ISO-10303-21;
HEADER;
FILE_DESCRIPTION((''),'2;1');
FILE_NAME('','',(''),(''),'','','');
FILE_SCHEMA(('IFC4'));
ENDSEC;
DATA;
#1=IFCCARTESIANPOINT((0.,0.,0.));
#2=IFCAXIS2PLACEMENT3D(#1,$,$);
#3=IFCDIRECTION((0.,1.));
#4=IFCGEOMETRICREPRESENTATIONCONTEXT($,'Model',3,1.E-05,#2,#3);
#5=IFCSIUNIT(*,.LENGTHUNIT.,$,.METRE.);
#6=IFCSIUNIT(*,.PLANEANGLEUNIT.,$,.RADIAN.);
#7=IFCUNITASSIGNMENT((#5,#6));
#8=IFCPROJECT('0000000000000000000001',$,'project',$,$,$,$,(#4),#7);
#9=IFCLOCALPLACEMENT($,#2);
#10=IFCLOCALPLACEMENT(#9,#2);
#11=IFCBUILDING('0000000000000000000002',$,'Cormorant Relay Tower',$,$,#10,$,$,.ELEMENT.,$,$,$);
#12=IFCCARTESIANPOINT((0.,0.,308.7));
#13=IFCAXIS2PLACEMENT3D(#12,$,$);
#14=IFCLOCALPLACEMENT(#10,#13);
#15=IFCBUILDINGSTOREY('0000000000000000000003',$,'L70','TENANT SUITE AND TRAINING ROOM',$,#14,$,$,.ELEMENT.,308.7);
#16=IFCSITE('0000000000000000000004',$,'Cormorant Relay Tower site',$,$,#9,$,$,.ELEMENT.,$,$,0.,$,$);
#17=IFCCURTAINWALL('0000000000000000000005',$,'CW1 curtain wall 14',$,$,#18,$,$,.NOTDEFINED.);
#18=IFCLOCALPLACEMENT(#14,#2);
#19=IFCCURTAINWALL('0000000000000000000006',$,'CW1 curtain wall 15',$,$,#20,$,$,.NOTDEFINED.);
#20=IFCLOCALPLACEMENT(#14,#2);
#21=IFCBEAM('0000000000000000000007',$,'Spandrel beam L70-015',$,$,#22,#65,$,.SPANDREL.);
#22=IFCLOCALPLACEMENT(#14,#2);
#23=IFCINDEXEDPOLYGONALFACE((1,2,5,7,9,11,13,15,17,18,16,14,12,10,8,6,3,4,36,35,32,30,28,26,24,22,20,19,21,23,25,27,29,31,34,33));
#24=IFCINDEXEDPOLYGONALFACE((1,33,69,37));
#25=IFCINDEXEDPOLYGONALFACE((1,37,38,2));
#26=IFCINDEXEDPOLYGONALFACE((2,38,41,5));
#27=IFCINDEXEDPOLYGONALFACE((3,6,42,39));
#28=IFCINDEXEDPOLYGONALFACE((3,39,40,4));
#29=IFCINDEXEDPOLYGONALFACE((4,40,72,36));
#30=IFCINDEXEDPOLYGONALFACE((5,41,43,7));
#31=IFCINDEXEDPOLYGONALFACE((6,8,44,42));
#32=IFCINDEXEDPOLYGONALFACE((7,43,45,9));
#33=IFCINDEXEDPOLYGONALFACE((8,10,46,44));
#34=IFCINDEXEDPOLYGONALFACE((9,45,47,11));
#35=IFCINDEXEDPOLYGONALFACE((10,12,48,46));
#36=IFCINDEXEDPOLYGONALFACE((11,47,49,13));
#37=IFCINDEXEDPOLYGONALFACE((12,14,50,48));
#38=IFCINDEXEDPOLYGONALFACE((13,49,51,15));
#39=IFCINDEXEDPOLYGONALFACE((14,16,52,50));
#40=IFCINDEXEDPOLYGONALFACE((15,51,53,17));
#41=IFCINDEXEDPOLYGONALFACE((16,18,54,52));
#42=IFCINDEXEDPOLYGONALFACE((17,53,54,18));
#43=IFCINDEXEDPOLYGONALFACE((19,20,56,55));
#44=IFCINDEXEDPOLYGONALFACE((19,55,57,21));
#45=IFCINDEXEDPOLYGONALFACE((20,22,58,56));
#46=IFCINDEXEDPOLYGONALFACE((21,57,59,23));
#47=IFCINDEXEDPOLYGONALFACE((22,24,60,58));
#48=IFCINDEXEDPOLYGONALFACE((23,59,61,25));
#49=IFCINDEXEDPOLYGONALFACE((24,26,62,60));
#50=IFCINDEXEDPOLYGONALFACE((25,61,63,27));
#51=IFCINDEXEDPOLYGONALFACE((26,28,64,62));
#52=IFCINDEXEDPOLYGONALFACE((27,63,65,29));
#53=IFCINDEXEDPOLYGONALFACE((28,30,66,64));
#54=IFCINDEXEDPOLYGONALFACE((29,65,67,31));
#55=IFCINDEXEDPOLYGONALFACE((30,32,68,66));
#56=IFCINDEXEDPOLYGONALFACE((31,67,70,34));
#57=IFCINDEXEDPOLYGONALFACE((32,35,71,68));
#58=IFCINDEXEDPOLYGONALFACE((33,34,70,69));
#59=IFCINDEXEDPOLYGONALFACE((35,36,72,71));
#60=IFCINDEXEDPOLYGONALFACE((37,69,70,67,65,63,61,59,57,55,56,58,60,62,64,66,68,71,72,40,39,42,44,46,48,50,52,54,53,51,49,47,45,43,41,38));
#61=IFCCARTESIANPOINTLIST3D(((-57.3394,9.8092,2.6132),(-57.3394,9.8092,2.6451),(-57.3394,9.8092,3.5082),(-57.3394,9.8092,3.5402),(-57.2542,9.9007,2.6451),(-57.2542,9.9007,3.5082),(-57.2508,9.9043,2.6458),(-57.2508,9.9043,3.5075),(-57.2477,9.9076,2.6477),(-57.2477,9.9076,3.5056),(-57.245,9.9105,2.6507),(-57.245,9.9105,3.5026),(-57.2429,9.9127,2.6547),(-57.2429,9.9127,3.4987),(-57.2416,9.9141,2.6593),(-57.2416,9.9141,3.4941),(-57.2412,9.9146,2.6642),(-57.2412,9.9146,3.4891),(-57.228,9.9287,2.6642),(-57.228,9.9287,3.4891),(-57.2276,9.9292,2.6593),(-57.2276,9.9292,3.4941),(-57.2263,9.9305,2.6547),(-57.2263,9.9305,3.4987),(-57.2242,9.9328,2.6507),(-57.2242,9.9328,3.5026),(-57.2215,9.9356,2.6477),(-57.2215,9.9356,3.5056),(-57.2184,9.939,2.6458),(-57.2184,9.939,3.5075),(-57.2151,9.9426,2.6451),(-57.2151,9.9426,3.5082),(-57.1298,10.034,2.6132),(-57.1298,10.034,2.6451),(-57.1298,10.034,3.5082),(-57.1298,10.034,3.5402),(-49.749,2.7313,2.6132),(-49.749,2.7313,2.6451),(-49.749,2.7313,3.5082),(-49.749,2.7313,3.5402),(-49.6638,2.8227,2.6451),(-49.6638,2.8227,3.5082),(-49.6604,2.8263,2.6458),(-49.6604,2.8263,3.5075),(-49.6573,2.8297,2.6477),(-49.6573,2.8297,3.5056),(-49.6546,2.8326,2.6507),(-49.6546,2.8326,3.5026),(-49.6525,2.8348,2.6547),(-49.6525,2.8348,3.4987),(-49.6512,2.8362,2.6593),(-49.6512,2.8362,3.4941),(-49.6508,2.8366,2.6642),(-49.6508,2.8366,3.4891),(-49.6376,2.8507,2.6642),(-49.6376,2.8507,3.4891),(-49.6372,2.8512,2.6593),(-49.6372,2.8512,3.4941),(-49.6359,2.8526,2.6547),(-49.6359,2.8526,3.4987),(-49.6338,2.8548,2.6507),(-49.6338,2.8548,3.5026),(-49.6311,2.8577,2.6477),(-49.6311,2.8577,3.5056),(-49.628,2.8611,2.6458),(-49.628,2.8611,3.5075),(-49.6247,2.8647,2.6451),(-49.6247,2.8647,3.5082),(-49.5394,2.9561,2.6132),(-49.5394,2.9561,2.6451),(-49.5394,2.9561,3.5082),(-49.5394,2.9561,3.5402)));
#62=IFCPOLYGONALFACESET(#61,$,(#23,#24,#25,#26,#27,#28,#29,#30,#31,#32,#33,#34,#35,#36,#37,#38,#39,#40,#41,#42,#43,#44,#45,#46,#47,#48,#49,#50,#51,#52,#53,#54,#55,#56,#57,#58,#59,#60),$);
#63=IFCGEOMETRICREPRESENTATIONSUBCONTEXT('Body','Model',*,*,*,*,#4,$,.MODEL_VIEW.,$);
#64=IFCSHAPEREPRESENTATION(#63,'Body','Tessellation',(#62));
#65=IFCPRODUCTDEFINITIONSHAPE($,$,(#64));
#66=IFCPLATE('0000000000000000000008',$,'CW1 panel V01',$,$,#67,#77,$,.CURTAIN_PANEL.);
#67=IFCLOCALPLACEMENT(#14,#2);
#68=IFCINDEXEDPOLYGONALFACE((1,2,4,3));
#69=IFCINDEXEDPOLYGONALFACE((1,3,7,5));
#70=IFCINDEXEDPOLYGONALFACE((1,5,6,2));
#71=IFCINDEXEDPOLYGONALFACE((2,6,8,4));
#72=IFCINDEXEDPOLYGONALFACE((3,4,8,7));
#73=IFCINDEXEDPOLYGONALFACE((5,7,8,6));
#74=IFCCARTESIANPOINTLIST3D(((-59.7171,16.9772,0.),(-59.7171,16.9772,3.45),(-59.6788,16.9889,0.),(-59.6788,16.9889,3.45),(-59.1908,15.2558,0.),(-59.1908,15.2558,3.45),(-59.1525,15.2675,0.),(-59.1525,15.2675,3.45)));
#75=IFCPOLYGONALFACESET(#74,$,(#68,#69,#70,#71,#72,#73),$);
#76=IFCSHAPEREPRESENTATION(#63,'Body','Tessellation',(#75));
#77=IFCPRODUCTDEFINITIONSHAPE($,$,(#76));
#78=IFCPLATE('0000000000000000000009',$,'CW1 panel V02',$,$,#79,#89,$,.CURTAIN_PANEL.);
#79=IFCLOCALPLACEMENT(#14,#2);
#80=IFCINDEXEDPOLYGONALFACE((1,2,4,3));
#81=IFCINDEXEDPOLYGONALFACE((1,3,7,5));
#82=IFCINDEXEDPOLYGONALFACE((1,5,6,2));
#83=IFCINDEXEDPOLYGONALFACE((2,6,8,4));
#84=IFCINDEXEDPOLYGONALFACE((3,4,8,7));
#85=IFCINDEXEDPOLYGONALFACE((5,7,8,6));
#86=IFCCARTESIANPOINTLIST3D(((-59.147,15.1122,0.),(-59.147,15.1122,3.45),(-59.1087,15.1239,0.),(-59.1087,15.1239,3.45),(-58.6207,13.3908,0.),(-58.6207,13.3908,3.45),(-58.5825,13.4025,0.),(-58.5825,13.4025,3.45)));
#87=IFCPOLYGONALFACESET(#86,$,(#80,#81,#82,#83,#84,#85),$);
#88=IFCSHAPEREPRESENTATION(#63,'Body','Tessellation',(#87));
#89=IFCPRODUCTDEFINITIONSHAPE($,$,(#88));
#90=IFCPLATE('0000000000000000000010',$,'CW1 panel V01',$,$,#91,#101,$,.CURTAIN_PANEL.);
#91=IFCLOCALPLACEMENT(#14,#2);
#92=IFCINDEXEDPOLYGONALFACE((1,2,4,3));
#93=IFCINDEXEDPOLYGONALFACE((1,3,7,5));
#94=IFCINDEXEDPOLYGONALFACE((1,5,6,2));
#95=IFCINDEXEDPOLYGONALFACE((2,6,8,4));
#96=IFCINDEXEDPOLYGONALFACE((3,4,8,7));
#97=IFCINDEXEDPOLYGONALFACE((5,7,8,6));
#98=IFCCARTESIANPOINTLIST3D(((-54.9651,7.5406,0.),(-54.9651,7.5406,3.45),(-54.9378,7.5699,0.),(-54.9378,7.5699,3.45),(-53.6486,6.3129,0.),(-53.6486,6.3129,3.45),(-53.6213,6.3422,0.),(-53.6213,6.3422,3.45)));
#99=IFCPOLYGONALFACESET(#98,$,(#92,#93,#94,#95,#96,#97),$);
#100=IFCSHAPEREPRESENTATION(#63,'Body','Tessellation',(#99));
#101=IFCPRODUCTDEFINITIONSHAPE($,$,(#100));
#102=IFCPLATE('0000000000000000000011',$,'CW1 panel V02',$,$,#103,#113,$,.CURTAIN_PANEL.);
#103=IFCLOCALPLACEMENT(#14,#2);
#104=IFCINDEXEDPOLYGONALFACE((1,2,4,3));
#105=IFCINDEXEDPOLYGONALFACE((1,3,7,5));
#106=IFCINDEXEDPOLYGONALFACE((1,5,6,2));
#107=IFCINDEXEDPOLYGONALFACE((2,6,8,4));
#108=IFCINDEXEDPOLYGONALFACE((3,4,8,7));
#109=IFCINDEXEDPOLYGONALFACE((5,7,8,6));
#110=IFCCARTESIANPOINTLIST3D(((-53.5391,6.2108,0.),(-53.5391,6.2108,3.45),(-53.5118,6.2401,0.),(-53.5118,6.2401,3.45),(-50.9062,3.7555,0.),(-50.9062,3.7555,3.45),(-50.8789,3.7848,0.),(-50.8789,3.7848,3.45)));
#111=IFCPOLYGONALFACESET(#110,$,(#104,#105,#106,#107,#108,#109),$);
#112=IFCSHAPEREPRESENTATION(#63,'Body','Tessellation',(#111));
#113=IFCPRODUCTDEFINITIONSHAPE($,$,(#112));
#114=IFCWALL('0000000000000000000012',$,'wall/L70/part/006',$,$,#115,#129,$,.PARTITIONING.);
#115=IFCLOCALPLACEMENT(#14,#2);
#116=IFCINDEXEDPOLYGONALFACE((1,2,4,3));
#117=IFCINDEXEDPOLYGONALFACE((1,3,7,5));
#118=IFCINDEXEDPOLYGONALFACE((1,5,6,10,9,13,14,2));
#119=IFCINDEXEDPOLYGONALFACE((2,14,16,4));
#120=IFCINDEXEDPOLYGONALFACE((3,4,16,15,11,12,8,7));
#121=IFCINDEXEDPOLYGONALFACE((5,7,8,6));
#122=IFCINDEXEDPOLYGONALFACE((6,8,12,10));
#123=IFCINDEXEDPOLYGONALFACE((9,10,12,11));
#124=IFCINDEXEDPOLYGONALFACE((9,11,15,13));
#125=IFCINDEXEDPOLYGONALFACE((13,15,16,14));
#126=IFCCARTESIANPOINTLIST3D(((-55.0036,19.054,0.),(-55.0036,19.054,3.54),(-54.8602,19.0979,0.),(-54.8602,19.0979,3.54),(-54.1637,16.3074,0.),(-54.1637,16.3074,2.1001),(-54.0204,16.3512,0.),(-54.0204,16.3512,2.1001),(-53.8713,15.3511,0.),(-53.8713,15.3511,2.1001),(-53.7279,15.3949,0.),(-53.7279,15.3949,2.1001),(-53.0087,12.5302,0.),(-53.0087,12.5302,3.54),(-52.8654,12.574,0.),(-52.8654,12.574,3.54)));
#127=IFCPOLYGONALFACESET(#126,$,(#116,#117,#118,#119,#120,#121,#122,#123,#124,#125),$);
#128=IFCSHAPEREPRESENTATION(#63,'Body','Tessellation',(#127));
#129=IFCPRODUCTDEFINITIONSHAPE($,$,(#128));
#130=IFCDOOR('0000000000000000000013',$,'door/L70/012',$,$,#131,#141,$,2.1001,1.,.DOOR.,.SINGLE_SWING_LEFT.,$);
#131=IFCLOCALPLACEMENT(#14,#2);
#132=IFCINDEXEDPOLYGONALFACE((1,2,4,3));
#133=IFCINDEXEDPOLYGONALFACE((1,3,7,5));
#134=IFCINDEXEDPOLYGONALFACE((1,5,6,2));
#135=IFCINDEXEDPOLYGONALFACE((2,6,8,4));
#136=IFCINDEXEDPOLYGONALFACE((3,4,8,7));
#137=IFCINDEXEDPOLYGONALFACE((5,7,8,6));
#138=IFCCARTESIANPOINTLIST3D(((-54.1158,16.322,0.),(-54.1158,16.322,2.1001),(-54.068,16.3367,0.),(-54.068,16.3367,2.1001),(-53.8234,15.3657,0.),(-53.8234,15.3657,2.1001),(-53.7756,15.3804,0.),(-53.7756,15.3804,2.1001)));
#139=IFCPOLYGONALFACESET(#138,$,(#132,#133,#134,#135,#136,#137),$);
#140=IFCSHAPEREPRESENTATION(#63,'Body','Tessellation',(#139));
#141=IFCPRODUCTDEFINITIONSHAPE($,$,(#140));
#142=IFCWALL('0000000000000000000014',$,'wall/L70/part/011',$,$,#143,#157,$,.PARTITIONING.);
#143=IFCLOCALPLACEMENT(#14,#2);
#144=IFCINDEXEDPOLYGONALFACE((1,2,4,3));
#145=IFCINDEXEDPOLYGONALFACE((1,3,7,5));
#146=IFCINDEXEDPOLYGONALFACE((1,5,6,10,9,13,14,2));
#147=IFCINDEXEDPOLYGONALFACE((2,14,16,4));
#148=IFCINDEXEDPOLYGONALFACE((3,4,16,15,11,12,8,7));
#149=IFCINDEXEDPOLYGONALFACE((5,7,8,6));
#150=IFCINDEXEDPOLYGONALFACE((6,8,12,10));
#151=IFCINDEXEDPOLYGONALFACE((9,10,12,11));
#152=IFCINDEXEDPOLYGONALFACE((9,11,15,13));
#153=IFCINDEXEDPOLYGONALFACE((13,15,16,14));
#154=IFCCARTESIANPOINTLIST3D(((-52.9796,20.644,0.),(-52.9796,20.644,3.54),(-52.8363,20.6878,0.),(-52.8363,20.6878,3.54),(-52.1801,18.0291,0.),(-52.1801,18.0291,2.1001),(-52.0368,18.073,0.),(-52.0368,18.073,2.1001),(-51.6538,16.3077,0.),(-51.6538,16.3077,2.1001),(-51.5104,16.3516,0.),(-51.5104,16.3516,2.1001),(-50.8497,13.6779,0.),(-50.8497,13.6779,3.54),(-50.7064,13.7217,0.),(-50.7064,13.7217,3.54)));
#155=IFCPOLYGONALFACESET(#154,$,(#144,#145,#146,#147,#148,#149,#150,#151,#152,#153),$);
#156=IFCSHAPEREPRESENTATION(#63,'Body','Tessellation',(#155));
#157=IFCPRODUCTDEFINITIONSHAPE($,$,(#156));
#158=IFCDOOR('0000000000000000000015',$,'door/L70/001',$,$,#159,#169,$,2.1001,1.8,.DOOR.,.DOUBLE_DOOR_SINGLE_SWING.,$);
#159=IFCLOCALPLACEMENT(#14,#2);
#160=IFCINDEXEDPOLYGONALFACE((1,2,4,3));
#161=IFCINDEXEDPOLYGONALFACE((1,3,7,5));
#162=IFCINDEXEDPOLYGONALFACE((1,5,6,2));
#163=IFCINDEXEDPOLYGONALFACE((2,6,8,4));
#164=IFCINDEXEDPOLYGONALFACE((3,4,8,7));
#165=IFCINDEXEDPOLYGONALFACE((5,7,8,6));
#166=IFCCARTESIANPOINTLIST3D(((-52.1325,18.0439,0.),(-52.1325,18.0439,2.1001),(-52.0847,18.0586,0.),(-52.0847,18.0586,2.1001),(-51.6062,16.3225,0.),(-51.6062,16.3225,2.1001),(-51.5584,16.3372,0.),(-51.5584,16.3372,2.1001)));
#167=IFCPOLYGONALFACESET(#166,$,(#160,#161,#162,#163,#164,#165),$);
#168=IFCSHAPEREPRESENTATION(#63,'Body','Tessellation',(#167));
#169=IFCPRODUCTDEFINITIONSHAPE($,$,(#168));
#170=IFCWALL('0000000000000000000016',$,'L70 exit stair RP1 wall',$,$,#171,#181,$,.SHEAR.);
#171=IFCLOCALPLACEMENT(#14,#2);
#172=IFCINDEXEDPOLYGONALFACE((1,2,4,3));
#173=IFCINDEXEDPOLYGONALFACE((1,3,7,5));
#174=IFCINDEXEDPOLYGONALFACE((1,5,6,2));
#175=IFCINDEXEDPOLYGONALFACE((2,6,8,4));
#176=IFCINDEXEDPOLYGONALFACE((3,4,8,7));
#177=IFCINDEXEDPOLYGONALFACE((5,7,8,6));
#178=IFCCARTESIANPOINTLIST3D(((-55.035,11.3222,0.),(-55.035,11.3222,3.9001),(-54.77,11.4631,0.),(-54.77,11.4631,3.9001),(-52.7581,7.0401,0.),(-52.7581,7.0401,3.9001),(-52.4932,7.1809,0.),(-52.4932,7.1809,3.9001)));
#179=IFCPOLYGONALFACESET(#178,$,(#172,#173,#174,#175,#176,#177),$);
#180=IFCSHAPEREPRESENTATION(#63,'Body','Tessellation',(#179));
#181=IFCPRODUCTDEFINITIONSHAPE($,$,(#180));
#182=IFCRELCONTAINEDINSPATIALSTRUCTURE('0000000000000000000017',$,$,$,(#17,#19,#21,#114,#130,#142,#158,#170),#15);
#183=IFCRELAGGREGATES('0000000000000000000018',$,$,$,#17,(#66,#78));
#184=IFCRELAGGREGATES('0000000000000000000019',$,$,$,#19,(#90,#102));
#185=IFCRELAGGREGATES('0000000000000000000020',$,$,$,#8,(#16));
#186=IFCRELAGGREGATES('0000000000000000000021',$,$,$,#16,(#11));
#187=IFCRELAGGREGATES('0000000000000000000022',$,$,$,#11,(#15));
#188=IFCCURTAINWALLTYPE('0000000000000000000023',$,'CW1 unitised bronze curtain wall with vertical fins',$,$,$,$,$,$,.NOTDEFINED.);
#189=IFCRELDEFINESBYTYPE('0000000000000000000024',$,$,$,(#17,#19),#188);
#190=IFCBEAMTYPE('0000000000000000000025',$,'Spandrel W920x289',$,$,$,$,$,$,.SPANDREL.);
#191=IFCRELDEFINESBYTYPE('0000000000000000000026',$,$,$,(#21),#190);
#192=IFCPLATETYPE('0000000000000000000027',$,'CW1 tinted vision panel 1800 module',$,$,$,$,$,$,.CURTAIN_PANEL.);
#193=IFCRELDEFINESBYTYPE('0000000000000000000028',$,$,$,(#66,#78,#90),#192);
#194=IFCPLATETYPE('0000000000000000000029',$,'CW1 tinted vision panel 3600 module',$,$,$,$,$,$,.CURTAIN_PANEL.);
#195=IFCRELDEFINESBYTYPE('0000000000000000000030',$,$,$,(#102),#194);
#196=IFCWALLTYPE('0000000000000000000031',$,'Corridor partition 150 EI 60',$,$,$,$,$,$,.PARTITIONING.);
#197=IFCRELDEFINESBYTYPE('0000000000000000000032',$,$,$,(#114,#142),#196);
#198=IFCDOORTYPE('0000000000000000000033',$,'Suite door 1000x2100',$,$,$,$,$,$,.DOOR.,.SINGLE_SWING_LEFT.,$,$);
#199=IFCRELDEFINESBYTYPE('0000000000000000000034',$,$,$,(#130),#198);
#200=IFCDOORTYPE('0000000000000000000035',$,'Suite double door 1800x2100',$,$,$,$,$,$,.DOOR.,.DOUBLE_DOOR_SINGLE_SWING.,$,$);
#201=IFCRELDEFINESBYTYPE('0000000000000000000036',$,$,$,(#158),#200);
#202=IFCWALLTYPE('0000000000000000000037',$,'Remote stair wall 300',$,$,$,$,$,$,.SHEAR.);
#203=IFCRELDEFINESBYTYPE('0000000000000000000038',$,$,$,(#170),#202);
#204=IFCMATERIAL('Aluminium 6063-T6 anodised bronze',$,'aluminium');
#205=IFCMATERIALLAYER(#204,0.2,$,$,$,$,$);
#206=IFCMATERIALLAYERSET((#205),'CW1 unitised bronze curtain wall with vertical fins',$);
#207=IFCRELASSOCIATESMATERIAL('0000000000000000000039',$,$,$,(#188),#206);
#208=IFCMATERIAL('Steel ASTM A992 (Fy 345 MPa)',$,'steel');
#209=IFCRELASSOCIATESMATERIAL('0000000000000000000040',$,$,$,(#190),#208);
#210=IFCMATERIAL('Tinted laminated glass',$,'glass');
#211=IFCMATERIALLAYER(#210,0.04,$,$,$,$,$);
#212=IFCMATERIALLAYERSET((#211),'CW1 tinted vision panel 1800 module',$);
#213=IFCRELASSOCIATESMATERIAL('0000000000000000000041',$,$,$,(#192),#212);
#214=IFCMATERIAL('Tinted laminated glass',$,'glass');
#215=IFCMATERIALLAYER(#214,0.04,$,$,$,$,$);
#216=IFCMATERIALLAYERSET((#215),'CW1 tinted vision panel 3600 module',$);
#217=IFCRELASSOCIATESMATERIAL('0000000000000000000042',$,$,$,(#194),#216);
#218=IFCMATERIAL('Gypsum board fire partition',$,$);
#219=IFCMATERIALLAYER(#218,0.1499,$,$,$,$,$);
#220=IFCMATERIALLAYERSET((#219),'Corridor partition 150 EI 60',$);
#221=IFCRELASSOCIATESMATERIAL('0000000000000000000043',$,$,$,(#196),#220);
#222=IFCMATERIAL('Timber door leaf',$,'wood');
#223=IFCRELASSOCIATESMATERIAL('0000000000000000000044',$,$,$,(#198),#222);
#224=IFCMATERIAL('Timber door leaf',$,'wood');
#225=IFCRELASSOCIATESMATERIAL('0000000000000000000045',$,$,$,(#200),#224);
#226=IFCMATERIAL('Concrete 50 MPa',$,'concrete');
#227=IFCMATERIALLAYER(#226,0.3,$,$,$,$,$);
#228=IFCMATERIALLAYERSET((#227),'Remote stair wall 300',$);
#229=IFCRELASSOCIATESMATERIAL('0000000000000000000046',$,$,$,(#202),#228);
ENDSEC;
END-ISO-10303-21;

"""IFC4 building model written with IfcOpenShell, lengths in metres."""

from ifc_helpers import new_model, si_unit, direction, frame, frame_2d, origin, origin_2d, place, context, subcontext, project, spatial, rectangle, i_section, extrude, material, layer, layer_set, material_profile, profile_set, type_object, element, fill, aggregate, save


model = new_model("IFC4")

# Units and contexts
model_context = context("Model", 3, precision=1e-05, world=origin(), true_north=direction((0.0, 1.0)))
body_context = subcontext(model_context, "Body", "Model", "MODEL_VIEW")
ifc_project = project(units=[si_unit("LENGTHUNIT", "METRE"), si_unit("PLANEANGLEUNIT", "RADIAN")], contexts=[model_context])

# Site, building, storey
site_placement = place(None, origin())
site = spatial("IfcSite", under=ifc_project, at=site_placement, Name="Cormorant Relay Tower site", CompositionType="ELEMENT", RefElevation=0.0)
building_placement = place(site_placement, origin())
building = spatial("IfcBuilding", under=site, at=building_placement, Name="Cormorant Relay Tower", CompositionType="ELEMENT")
storey_placement = place(building_placement, frame((0.0, 0.0, 308.7)))
storey = spatial("IfcBuildingStorey", under=building, at=storey_placement, Name="L70", Description="TENANT SUITE AND TRAINING ROOM", CompositionType="ELEMENT", Elevation=308.7)

# Curtain wall
ifc_material_1 = material(Name="Aluminium 6063-T6 anodised bronze", Category="aluminium")
ifc_layer_1 = layer(ifc_material_1, 0.2)
ifc_layer_set_1 = layer_set([ifc_layer_1], Name="CW1 unitised bronze curtain wall with vertical fins")
curtain_wall_type = type_object("IfcCurtainWallType", Name="CW1 unitised bronze curtain wall with vertical fins", PredefinedType="NOTDEFINED", material=ifc_layer_set_1)
curtain_wall_1_placement = place(storey_placement, origin())
curtain_wall_1 = element("IfcCurtainWall", 1, at=curtain_wall_1_placement, inside=storey, type_object=curtain_wall_type, Name="CW1 curtain wall 14", PredefinedType="NOTDEFINED")

# Curtain wall
curtain_wall_2_placement = place(storey_placement, origin())
curtain_wall_2 = element("IfcCurtainWall", 2, at=curtain_wall_2_placement, inside=storey, type_object=curtain_wall_type, Name="CW1 curtain wall 15", PredefinedType="NOTDEFINED")

# Beam
ifc_material_2 = material(Name="Steel ASTM A992 (Fy 345 MPa)", Category="steel")
ifc_material_profile_1 = material_profile(ifc_material_2, i_section(OverallWidth=0.3074, OverallDepth=0.927, WebThickness=0.0193, FlangeThickness=0.032, FilletRadius=0.019, at=origin_2d()), Name="W920x289")
ifc_profile_set_1 = profile_set([ifc_material_profile_1], Name="Steel ASTM A992 (Fy 345 MPa)")
beam_type = type_object("IfcBeamType", Name="Spandrel W920x289", PredefinedType="SPANDREL", material=ifc_profile_set_1)
beam_placement = place(storey_placement, frame((-57.2346, 9.9216, 3.0767), z_axis=(0.731364, -0.681987, 0.0), x_axis=(0.681987, 0.731364, 0.0)))
element("IfcBeam", 3, at=beam_placement, inside=storey, type_object=beam_type, Name="Spandrel beam L70-015", PredefinedType="SPANDREL", context=body_context, shape_type="SweptSolid", body=[
    extrude(i_section(OverallWidth=0.3074, OverallDepth=0.927, WebThickness=0.0193, FlangeThickness=0.032, FilletRadius=0.019, at=origin_2d()), origin(), (0.0, 0.0, 1.0), 10.3784),
])

# Plates
ifc_material_3 = material(Name="Tinted laminated glass", Category="glass")
ifc_layer_2 = layer(ifc_material_3, 0.04)
ifc_layer_set_2 = layer_set([ifc_layer_2], Name="CW1 tinted vision panel 1800 module")
plate_type_1 = type_object("IfcPlateType", Name="CW1 tinted vision panel 1800 module", PredefinedType="CURTAIN_PANEL", material=ifc_layer_set_2)
plate_1_placement = place(storey_placement, frame((-59.4348, 16.1223, 0.0), z_axis=(0.0, 0.0, 1.0), x_axis=(0.292372, -0.956305, 0.0)))
plate_1 = element("IfcPlate", 4, at=plate_1_placement, type_object=plate_type_1, Name="CW1 panel V01", PredefinedType="CURTAIN_PANEL", context=body_context, shape_type="SweptSolid", body=[
    extrude(rectangle(XDim=1.8, YDim=0.04, at=origin_2d()), origin(), (0.0, 0.0, 1.0), 3.45),
])
plate_2_placement = place(storey_placement, frame((-58.8647, 14.2573, 0.0), z_axis=(0.0, 0.0, 1.0), x_axis=(0.292372, -0.956305, 0.0)))
plate_2 = element("IfcPlate", 5, at=plate_2_placement, type_object=plate_type_1, Name="CW1 panel V02", PredefinedType="CURTAIN_PANEL", context=body_context, shape_type="SweptSolid", body=[
    extrude(rectangle(XDim=1.8, YDim=0.04, at=origin_2d()), origin(), (0.0, 0.0, 1.0), 3.45),
])
plate_3_placement = place(storey_placement, frame((-54.2932, 6.9414, 0.0), z_axis=(0.0, 0.0, 1.0), x_axis=(0.731354, -0.681998, 0.0)))
plate_3 = element("IfcPlate", 6, at=plate_3_placement, type_object=plate_type_1, Name="CW1 panel V01", PredefinedType="CURTAIN_PANEL", context=body_context, shape_type="SweptSolid", body=[
    extrude(rectangle(XDim=1.8, YDim=0.04, at=origin_2d()), origin(), (0.0, 0.0, 1.0), 3.45),
])
ifc_material_4 = material(Name="Tinted laminated glass", Category="glass")
ifc_layer_3 = layer(ifc_material_4, 0.04)
ifc_layer_set_3 = layer_set([ifc_layer_3], Name="CW1 tinted vision panel 3600 module")
plate_type_2 = type_object("IfcPlateType", Name="CW1 tinted vision panel 3600 module", PredefinedType="CURTAIN_PANEL", material=ifc_layer_set_3)
plate_4_placement = place(storey_placement, frame((-52.209, 4.9978, 0.0), z_axis=(0.0, 0.0, 1.0), x_axis=(0.731354, -0.681998, 0.0)))
plate_4 = element("IfcPlate", 7, at=plate_4_placement, type_object=plate_type_2, Name="CW1 panel V02", PredefinedType="CURTAIN_PANEL", context=body_context, shape_type="SweptSolid", body=[
    extrude(rectangle(XDim=3.6001, YDim=0.04, at=origin_2d()), origin(), (0.0, 0.0, 1.0), 3.45),
])

# Walls, openings, doors
ifc_material_5 = material(Name="Gypsum board fire partition")
ifc_layer_4 = layer(ifc_material_5, 0.1499)
ifc_layer_set_4 = layer_set([ifc_layer_4], Name="Corridor partition 150 EI 60")
wall_type_1 = type_object("IfcWallType", Name="Corridor partition 150 EI 60", PredefinedType="PARTITIONING", material=ifc_layer_set_4)
wall_1_placement = place(storey_placement, frame((-52.937, 12.552, 0.0), z_axis=(0.0, 0.0, 1.0), x_axis=(-0.292413, 0.956292, 0.0)))
wall_1 = element("IfcWall", 8, at=wall_1_placement, inside=storey, type_object=wall_type_1, Name="wall/L70/part/006", PredefinedType="PARTITIONING", context=body_context, shape_type="SweptSolid", body=[
    extrude(rectangle(XDim=6.822, YDim=0.1499, at=frame_2d((3.4111, 0.0))), origin(), (0.0, 0.0, 1.0), 3.54),
])
opening_1_placement = place(wall_1_placement, frame((2.95, 0.0, 0.0)))
opening_1 = element("IfcOpeningElement", 9, at=opening_1_placement, cuts=wall_1, PredefinedType="OPENING", context=body_context, shape_type="SweptSolid", body=[
    extrude(rectangle(XDim=1.0, YDim=2.1001, at=frame_2d((0.5, 1.05))), frame((0.0, 0.085, 0.0), z_axis=(0.0, -1.0, 0.0), x_axis=(1.0, 0.0, 0.0)), (0.0, 0.0, 1.0), 0.1699),
])
ifc_material_6 = material(Name="Timber door leaf", Category="wood")
door_type_1 = type_object("IfcDoorType", Name="Suite door 1000x2100", OperationType="SINGLE_SWING_LEFT", PredefinedType="DOOR", material=ifc_material_6)
door_1_placement = place(opening_1_placement, origin())
door_1 = element("IfcDoor", 10, at=door_1_placement, inside=storey, type_object=door_type_1, Name="door/L70/012", OperationType="SINGLE_SWING_LEFT", OverallHeight=2.1001, OverallWidth=1.0, PredefinedType="DOOR", context=body_context, shape_type="SweptSolid", body=[
    extrude(rectangle(XDim=1.0, YDim=2.1001, at=frame_2d((0.5, 1.05))), frame((0.0, 0.0249, 0.0), z_axis=(0.0, -1.0, 0.0), x_axis=(1.0, 0.0, 0.0)), (0.0, 0.0, 1.0), 0.05),
])
fill(opening_1, door_1)
wall_2_placement = place(storey_placement, frame((-50.7781, 13.7, 0.0), z_axis=(0.0, 0.0, 1.0), x_axis=(-0.29239, 0.956299, 0.0)))
wall_2 = element("IfcWall", 11, at=wall_2_placement, inside=storey, type_object=wall_type_1, Name="wall/L70/part/011", PredefinedType="PARTITIONING", context=body_context, shape_type="SweptSolid", body=[
    extrude(rectangle(XDim=7.2844, YDim=0.1499, at=frame_2d((3.6421, 0.0))), origin(), (0.0, 0.0, 1.0), 3.54),
])
opening_2_placement = place(wall_2_placement, frame((2.75, 0.0, 0.0)))
opening_2 = element("IfcOpeningElement", 12, at=opening_2_placement, cuts=wall_2, PredefinedType="OPENING", context=body_context, shape_type="SweptSolid", body=[
    extrude(rectangle(XDim=1.8, YDim=2.1001, at=frame_2d((0.8999, 1.05))), frame((0.0, 0.085, 0.0), z_axis=(0.0, -1.0, 0.0), x_axis=(1.0, 0.0, 0.0)), (0.0, 0.0, 1.0), 0.1699),
])
ifc_material_7 = material(Name="Timber door leaf", Category="wood")
door_type_2 = type_object("IfcDoorType", Name="Suite double door 1800x2100", OperationType="DOUBLE_DOOR_SINGLE_SWING", PredefinedType="DOOR", material=ifc_material_7)
door_2_placement = place(opening_2_placement, frame((1.8, 0.0, 0.0), z_axis=(0.0, 0.0, 1.0), x_axis=(-1.0, 0.0, 0.0)))
door_2 = element("IfcDoor", 13, at=door_2_placement, inside=storey, type_object=door_type_2, Name="door/L70/001", OperationType="DOUBLE_DOOR_SINGLE_SWING", OverallHeight=2.1001, OverallWidth=1.8, PredefinedType="DOOR", context=body_context, shape_type="SweptSolid", body=[
    extrude(rectangle(XDim=1.8, YDim=2.1001, at=frame_2d((0.8999, 1.05))), frame((0.0, 0.0249, 0.0), z_axis=(0.0, -1.0, 0.0), x_axis=(1.0, 0.0, 0.0)), (0.0, 0.0, 1.0), 0.05),
])
fill(opening_2, door_2)

# Wall
ifc_material_8 = material(Name="Concrete 50 MPa", Category="concrete")
ifc_layer_5 = layer(ifc_material_8, 0.3)
ifc_layer_set_5 = layer_set([ifc_layer_5], Name="Remote stair wall 300")
wall_type_2 = type_object("IfcWallType", Name="Remote stair wall 300", PredefinedType="SHEAR", material=ifc_layer_set_5)
wall_3_placement = place(storey_placement, frame((-52.6257, 7.1106, 0.0), z_axis=(0.0, 0.0, 1.0), x_axis=(-0.469464, 0.882951, 0.0)))
element("IfcWall", 14, at=wall_3_placement, inside=storey, type_object=wall_type_2, Name="L70 exit stair RP1 wall", PredefinedType="SHEAR", context=body_context, shape_type="SweptSolid", body=[
    extrude(rectangle(XDim=4.8499, YDim=0.3, at=frame_2d((2.4248, 0.0))), origin(), (0.0, 0.0, 1.0), 3.9001),
])

aggregate(curtain_wall_1, [plate_1, plate_2])
aggregate(curtain_wall_2, [plate_3, plate_4])

save(model, "model.ifc")
